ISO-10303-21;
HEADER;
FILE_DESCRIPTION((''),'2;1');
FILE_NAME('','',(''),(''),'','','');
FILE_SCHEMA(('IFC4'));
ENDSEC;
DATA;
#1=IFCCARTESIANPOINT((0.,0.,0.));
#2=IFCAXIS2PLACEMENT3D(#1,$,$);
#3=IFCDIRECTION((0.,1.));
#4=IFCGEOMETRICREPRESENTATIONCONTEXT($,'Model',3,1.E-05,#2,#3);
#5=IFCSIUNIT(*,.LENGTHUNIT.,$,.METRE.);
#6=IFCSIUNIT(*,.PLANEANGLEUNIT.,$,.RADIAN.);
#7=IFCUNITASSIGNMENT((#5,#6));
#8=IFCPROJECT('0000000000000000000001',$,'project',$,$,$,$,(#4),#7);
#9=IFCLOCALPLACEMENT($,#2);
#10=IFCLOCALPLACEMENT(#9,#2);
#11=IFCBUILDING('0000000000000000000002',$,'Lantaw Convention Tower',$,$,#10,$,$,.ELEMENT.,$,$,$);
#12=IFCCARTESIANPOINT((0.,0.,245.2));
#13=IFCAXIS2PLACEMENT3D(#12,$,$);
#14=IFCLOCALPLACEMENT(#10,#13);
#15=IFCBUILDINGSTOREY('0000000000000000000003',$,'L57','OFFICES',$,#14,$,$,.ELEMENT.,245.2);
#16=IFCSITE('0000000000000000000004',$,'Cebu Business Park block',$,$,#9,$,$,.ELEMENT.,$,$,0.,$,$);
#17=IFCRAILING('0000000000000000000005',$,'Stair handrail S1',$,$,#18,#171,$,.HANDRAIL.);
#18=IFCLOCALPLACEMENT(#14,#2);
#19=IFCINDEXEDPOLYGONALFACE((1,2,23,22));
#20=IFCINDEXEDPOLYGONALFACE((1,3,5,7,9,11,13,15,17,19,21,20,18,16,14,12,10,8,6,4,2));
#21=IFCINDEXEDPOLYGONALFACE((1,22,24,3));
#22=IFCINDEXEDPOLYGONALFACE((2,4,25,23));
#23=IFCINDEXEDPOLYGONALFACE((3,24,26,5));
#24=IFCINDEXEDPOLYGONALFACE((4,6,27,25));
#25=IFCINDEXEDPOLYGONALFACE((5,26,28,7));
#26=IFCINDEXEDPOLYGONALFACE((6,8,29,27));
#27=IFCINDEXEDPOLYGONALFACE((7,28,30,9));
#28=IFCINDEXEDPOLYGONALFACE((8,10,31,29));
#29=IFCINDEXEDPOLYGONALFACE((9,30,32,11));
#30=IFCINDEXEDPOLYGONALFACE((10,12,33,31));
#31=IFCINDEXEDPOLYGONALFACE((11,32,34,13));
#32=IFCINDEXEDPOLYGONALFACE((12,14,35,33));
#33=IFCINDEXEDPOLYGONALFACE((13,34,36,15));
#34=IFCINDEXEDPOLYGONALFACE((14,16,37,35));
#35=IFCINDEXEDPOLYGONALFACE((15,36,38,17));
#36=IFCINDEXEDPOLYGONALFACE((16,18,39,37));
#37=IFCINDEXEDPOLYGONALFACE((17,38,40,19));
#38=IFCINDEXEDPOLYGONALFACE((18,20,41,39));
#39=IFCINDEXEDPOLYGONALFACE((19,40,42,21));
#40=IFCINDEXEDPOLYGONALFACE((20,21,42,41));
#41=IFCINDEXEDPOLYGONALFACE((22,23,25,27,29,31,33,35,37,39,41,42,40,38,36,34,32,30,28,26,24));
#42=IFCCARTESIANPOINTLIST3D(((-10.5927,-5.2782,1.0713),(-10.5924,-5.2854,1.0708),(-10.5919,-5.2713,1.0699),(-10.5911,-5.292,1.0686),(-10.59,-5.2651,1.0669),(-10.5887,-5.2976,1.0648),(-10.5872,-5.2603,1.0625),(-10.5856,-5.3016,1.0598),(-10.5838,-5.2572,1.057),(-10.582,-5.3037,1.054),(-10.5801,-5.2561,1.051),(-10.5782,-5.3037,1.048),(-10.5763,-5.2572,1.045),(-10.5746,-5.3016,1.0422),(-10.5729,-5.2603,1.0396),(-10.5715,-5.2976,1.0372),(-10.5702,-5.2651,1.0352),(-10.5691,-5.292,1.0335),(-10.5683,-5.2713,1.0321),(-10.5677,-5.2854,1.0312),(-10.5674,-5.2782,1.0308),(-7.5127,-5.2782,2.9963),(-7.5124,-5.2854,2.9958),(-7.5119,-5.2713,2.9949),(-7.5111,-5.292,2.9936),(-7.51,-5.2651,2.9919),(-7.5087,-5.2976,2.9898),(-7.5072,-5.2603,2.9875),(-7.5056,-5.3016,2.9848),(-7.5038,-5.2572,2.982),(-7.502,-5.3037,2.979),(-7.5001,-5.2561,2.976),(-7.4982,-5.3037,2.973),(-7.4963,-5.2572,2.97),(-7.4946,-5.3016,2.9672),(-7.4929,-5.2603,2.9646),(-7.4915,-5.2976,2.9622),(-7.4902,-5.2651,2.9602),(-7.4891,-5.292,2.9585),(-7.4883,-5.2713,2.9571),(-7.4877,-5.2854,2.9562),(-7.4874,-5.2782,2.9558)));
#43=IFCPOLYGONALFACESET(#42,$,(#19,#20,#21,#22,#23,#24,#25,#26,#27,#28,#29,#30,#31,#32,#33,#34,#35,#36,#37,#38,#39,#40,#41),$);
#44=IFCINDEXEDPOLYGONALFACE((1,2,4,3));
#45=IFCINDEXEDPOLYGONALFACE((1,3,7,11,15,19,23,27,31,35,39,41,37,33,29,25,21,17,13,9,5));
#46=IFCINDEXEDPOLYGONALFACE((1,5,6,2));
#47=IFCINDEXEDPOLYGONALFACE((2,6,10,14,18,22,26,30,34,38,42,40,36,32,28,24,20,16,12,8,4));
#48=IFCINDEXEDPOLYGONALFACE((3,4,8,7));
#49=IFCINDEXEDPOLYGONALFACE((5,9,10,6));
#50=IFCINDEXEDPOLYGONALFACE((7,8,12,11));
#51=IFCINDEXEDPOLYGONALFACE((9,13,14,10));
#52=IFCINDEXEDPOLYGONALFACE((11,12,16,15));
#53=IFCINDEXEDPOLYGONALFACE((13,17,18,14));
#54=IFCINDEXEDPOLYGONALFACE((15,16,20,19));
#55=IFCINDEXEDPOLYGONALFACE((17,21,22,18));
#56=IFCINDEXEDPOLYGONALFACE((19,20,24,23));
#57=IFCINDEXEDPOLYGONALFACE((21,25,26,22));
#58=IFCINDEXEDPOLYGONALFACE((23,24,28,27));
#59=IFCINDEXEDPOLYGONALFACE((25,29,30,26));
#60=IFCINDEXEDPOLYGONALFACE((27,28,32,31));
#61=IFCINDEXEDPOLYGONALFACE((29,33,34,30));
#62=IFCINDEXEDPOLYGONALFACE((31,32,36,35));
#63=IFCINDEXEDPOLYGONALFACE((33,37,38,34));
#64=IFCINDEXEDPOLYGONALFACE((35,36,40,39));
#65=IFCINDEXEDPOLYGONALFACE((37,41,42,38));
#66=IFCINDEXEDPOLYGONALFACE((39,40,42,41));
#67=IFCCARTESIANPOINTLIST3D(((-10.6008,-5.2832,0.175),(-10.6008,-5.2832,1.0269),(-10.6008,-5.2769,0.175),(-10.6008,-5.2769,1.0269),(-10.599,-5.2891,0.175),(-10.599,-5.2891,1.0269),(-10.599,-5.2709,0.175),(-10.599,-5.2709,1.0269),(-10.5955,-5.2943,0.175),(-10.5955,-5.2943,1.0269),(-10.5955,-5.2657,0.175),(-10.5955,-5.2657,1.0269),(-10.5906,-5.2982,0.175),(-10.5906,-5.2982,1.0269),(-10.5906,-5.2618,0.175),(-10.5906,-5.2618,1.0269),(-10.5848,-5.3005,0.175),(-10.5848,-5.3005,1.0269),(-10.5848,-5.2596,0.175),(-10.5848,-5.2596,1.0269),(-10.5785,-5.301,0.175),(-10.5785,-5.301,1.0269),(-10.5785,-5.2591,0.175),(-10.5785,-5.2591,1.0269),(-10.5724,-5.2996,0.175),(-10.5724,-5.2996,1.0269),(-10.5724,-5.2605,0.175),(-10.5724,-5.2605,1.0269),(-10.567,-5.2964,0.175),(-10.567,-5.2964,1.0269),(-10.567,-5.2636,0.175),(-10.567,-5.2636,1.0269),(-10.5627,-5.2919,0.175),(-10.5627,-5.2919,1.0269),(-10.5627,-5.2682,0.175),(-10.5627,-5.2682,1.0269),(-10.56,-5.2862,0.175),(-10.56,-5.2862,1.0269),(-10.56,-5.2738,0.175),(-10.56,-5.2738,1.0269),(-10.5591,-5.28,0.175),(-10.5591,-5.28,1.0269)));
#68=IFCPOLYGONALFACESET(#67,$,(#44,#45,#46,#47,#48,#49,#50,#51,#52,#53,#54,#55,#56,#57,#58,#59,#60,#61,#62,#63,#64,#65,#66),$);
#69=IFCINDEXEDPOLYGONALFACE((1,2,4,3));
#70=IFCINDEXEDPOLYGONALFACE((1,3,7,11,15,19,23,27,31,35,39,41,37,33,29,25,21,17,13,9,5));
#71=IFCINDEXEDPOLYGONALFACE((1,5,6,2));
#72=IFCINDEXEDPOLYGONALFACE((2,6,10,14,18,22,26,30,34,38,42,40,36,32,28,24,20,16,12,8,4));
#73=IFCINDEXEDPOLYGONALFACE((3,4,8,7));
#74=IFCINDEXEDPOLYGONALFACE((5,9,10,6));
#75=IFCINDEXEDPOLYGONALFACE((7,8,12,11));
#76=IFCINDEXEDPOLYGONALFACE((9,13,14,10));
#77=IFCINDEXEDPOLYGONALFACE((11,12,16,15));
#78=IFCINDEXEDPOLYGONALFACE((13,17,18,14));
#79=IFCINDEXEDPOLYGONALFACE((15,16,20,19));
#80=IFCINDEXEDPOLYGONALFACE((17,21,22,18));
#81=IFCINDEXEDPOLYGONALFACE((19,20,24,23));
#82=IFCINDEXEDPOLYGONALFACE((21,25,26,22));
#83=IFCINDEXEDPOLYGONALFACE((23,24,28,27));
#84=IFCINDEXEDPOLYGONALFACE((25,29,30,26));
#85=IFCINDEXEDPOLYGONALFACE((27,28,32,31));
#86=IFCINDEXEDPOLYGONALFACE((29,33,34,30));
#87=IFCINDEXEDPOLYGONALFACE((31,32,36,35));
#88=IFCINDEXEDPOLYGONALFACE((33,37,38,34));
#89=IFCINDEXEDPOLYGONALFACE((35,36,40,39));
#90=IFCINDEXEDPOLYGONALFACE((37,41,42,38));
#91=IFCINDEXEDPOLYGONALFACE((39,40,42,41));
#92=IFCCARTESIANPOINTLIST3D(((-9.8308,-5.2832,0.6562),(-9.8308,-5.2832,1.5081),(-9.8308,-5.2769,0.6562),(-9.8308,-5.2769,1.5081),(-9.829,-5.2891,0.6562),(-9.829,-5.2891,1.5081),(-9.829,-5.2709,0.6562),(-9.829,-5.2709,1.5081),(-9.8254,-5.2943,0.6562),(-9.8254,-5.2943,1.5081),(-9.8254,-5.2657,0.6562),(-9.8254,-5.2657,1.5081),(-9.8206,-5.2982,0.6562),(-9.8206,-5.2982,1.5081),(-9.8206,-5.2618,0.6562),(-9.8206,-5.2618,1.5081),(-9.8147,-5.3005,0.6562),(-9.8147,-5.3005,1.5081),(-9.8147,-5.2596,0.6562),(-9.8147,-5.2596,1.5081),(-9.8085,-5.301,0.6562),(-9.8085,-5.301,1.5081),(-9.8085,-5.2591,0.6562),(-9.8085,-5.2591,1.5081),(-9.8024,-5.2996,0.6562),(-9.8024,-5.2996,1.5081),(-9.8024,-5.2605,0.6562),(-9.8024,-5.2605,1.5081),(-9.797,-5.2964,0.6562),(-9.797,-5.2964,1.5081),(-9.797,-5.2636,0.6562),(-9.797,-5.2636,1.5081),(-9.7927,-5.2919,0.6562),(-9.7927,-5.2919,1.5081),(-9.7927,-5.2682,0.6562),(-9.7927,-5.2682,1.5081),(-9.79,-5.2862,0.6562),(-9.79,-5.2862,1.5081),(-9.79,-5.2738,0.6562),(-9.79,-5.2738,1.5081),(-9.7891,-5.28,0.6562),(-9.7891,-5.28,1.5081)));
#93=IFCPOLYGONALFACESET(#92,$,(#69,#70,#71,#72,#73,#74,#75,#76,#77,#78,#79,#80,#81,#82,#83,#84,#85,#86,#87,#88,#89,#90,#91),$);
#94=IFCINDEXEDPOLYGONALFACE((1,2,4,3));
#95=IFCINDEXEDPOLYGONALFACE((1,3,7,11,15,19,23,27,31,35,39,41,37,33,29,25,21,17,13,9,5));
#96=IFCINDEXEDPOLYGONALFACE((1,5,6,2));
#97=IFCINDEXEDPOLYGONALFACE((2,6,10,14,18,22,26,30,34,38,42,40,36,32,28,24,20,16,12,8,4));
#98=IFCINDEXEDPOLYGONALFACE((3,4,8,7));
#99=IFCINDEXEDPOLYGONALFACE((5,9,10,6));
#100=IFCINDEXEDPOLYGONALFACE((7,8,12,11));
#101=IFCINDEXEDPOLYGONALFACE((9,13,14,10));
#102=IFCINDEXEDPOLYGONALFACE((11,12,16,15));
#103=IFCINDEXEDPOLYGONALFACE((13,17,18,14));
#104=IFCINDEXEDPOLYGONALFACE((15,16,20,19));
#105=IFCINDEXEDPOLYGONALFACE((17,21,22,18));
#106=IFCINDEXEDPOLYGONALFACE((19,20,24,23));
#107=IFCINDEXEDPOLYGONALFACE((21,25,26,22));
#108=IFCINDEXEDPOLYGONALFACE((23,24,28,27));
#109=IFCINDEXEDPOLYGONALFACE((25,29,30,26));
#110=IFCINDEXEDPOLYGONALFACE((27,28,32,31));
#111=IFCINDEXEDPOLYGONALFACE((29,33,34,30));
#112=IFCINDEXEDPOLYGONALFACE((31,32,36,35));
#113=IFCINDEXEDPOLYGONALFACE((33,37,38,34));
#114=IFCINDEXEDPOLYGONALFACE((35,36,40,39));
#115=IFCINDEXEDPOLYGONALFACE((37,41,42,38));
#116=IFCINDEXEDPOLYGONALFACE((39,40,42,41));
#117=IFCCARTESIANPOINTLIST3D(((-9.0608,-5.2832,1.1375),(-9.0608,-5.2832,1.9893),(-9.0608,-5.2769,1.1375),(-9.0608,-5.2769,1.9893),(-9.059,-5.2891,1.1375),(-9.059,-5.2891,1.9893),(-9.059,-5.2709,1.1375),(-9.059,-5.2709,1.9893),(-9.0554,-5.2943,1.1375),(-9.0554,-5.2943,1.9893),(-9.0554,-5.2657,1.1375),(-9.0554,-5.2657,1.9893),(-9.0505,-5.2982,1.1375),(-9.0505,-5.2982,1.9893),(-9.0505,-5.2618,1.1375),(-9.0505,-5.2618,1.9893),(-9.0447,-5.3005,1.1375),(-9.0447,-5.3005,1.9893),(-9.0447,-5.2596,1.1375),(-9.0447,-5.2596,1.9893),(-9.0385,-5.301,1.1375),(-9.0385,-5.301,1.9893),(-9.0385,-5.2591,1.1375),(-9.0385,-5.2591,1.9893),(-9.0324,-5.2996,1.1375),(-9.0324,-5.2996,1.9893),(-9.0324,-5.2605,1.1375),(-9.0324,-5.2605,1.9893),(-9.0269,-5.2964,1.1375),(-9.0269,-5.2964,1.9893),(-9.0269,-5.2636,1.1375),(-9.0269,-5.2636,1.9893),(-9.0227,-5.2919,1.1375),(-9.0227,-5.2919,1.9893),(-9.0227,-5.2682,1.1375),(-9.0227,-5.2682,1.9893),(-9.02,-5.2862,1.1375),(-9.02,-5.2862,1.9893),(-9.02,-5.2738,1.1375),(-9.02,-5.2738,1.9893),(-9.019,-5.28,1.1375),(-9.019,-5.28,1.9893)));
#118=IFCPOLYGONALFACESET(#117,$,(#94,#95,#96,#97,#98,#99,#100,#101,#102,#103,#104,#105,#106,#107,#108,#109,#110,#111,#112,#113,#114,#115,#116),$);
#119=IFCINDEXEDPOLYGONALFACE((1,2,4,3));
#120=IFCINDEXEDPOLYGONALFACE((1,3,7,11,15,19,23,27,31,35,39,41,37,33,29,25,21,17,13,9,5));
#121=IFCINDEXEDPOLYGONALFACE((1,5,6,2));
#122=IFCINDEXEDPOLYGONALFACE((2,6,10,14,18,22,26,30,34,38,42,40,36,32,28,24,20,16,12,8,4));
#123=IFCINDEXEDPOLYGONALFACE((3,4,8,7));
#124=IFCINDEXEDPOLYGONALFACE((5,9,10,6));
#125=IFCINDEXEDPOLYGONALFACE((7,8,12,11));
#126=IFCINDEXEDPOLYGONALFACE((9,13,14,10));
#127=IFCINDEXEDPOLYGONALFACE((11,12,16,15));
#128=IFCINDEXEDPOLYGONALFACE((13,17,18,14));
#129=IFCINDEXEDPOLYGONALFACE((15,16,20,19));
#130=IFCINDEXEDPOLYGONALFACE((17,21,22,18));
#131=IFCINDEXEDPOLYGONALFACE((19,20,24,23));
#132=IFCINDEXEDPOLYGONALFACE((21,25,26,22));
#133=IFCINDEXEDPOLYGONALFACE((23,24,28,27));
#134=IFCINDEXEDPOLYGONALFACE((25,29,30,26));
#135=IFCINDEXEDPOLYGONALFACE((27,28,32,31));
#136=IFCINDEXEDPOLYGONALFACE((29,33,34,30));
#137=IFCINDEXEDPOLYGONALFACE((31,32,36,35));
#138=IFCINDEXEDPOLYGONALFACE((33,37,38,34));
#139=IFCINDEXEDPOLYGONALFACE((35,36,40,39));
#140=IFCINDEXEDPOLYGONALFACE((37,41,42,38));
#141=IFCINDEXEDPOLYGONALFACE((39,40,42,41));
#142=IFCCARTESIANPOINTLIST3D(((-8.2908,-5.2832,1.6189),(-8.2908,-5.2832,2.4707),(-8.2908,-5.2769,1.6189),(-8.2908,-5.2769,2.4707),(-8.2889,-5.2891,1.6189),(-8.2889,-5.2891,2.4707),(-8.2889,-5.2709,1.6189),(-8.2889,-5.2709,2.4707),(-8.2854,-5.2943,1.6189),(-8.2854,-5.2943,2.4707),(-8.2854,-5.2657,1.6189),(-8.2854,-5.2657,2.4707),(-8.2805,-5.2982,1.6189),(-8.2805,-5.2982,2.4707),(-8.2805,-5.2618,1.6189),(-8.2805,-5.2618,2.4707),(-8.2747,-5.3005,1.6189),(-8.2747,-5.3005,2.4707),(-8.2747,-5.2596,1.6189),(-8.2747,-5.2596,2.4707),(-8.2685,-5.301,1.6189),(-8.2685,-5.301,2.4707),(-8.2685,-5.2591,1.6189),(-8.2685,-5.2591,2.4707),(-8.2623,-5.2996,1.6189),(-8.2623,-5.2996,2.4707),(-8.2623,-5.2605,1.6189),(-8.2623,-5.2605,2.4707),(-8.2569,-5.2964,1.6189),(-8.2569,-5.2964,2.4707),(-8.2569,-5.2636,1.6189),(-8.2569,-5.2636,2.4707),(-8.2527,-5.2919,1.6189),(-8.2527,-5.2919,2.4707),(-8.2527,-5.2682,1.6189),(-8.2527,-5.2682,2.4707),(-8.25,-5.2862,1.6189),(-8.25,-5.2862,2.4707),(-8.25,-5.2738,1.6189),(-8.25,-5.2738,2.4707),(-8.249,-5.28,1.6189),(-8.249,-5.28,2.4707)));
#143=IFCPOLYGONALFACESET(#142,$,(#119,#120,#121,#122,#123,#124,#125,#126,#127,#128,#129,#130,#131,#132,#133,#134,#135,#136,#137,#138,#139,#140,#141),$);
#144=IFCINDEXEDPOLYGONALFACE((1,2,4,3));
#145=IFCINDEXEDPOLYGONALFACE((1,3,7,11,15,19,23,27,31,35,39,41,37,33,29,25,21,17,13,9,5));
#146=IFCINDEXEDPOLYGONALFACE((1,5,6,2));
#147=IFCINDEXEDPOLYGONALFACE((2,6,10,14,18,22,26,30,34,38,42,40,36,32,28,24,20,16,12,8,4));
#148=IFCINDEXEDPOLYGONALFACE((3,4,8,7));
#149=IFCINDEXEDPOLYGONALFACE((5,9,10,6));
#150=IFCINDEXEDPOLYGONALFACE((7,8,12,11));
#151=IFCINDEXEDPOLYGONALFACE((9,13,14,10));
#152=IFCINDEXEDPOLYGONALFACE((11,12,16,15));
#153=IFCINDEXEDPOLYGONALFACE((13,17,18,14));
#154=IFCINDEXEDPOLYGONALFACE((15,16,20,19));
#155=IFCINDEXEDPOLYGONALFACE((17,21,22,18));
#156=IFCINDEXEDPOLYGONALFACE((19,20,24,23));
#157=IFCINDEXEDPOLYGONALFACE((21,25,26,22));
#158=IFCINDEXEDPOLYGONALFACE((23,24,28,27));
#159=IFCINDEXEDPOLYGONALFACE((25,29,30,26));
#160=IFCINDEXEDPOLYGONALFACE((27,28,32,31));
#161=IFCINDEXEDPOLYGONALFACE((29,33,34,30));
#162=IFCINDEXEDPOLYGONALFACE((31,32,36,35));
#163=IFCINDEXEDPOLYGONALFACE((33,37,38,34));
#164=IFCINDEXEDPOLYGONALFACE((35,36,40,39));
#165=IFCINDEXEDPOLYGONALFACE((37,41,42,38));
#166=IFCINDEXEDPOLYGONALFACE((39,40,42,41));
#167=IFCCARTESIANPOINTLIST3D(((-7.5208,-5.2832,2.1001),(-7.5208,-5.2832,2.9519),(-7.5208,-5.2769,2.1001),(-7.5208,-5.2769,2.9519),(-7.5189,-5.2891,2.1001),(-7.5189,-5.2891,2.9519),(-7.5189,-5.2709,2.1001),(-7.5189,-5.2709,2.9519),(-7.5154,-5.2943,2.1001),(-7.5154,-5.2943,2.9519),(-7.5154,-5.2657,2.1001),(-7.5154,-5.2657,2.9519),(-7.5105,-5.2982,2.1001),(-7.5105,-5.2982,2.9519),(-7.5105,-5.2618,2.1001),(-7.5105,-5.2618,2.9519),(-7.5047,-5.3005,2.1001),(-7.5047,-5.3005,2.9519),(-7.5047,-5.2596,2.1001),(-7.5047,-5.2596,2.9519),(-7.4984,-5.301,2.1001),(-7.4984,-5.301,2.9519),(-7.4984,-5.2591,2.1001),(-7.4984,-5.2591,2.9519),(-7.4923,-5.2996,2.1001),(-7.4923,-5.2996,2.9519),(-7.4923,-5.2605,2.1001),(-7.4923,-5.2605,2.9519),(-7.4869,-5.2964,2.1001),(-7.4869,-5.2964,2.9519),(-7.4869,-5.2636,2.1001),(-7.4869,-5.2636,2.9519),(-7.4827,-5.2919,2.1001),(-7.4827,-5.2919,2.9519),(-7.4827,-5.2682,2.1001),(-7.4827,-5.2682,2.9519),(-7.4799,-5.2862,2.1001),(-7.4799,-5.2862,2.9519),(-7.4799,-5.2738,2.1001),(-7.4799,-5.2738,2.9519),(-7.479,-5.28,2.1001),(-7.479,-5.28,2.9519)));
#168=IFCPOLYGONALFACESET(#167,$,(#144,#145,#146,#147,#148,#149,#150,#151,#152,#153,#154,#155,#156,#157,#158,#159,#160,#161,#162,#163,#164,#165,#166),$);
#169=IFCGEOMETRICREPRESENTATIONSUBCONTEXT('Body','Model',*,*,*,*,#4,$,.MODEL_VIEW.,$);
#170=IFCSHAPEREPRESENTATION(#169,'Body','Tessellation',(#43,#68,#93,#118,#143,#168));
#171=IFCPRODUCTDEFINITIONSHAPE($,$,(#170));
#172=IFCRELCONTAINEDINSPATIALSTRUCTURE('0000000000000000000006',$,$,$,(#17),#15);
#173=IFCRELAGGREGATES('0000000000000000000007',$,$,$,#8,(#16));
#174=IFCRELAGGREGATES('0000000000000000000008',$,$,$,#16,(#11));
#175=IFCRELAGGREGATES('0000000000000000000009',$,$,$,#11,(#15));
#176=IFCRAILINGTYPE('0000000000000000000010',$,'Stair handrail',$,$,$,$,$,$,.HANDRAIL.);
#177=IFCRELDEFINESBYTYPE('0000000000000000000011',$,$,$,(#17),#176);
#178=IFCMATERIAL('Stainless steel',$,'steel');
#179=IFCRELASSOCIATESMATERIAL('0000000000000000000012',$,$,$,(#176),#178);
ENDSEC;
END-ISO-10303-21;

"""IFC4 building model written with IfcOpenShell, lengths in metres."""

from ifc_helpers import new_model, si_unit, direction, frame, origin, origin_2d, place, context, subcontext, project, spatial, circle, extrude, material, type_object, element, save


model = new_model("IFC4")

# Units and contexts
model_context = context("Model", 3, precision=1e-05, world=origin(), true_north=direction((0.0, 1.0)))
body_context = subcontext(model_context, "Body", "Model", "MODEL_VIEW")
ifc_project = project(units=[si_unit("LENGTHUNIT", "METRE"), si_unit("PLANEANGLEUNIT", "RADIAN")], contexts=[model_context])

# Site, building, storey
site_placement = place(None, origin())
site = spatial("IfcSite", under=ifc_project, at=site_placement, Name="Cebu Business Park block", CompositionType="ELEMENT", RefElevation=0.0)
building_placement = place(site_placement, origin())
building = spatial("IfcBuilding", under=site, at=building_placement, Name="Lantaw Convention Tower", CompositionType="ELEMENT")
storey_placement = place(building_placement, frame((0.0, 0.0, 245.2)))
storey = spatial("IfcBuildingStorey", under=building, at=storey_placement, Name="L57", Description="OFFICES", CompositionType="ELEMENT", Elevation=245.2)

# Shared definitions
ifc_material_1 = material(Name="Stainless steel", Category="steel")

# Railing
railing_type = type_object("IfcRailingType", Name="Stair handrail", PredefinedType="HANDRAIL", material=ifc_material_1)
railing_1_placement = place(storey_placement, frame((-10.5801, -5.28, 0.175)))
element("IfcRailing", 1, at=railing_1_placement, inside=storey, type_object=railing_type, Name="Stair handrail S1", PredefinedType="HANDRAIL", context=body_context, shape_type="SweptSolid", body=[
    extrude(circle(Radius=0.0239, at=origin_2d()), frame((0.0, 0.0, 0.876), z_axis=(0.847998, 0.0, 0.529999), x_axis=(0.0, 1.0, 0.0)), (0.0, 0.0, 1.0), 3.6321),
    extrude(circle(Radius=0.021, at=origin_2d()), origin(), (0.0, 0.0, 1.0), 0.8518),
    extrude(circle(Radius=0.021, at=origin_2d()), frame((0.77, 0.0, 0.4812)), (0.0, 0.0, 1.0), 0.8518),
    extrude(circle(Radius=0.021, at=origin_2d()), frame((1.54, 0.0, 0.9624)), (0.0, 0.0, 1.0), 0.8518),
    extrude(circle(Radius=0.021, at=origin_2d()), frame((2.3101, 0.0, 1.4438)), (0.0, 0.0, 1.0), 0.8518),
    extrude(circle(Radius=0.021, at=origin_2d()), frame((3.0801, 0.0, 1.925)), (0.0, 0.0, 1.0), 0.8518),
])

save(model, "model.ifc")
